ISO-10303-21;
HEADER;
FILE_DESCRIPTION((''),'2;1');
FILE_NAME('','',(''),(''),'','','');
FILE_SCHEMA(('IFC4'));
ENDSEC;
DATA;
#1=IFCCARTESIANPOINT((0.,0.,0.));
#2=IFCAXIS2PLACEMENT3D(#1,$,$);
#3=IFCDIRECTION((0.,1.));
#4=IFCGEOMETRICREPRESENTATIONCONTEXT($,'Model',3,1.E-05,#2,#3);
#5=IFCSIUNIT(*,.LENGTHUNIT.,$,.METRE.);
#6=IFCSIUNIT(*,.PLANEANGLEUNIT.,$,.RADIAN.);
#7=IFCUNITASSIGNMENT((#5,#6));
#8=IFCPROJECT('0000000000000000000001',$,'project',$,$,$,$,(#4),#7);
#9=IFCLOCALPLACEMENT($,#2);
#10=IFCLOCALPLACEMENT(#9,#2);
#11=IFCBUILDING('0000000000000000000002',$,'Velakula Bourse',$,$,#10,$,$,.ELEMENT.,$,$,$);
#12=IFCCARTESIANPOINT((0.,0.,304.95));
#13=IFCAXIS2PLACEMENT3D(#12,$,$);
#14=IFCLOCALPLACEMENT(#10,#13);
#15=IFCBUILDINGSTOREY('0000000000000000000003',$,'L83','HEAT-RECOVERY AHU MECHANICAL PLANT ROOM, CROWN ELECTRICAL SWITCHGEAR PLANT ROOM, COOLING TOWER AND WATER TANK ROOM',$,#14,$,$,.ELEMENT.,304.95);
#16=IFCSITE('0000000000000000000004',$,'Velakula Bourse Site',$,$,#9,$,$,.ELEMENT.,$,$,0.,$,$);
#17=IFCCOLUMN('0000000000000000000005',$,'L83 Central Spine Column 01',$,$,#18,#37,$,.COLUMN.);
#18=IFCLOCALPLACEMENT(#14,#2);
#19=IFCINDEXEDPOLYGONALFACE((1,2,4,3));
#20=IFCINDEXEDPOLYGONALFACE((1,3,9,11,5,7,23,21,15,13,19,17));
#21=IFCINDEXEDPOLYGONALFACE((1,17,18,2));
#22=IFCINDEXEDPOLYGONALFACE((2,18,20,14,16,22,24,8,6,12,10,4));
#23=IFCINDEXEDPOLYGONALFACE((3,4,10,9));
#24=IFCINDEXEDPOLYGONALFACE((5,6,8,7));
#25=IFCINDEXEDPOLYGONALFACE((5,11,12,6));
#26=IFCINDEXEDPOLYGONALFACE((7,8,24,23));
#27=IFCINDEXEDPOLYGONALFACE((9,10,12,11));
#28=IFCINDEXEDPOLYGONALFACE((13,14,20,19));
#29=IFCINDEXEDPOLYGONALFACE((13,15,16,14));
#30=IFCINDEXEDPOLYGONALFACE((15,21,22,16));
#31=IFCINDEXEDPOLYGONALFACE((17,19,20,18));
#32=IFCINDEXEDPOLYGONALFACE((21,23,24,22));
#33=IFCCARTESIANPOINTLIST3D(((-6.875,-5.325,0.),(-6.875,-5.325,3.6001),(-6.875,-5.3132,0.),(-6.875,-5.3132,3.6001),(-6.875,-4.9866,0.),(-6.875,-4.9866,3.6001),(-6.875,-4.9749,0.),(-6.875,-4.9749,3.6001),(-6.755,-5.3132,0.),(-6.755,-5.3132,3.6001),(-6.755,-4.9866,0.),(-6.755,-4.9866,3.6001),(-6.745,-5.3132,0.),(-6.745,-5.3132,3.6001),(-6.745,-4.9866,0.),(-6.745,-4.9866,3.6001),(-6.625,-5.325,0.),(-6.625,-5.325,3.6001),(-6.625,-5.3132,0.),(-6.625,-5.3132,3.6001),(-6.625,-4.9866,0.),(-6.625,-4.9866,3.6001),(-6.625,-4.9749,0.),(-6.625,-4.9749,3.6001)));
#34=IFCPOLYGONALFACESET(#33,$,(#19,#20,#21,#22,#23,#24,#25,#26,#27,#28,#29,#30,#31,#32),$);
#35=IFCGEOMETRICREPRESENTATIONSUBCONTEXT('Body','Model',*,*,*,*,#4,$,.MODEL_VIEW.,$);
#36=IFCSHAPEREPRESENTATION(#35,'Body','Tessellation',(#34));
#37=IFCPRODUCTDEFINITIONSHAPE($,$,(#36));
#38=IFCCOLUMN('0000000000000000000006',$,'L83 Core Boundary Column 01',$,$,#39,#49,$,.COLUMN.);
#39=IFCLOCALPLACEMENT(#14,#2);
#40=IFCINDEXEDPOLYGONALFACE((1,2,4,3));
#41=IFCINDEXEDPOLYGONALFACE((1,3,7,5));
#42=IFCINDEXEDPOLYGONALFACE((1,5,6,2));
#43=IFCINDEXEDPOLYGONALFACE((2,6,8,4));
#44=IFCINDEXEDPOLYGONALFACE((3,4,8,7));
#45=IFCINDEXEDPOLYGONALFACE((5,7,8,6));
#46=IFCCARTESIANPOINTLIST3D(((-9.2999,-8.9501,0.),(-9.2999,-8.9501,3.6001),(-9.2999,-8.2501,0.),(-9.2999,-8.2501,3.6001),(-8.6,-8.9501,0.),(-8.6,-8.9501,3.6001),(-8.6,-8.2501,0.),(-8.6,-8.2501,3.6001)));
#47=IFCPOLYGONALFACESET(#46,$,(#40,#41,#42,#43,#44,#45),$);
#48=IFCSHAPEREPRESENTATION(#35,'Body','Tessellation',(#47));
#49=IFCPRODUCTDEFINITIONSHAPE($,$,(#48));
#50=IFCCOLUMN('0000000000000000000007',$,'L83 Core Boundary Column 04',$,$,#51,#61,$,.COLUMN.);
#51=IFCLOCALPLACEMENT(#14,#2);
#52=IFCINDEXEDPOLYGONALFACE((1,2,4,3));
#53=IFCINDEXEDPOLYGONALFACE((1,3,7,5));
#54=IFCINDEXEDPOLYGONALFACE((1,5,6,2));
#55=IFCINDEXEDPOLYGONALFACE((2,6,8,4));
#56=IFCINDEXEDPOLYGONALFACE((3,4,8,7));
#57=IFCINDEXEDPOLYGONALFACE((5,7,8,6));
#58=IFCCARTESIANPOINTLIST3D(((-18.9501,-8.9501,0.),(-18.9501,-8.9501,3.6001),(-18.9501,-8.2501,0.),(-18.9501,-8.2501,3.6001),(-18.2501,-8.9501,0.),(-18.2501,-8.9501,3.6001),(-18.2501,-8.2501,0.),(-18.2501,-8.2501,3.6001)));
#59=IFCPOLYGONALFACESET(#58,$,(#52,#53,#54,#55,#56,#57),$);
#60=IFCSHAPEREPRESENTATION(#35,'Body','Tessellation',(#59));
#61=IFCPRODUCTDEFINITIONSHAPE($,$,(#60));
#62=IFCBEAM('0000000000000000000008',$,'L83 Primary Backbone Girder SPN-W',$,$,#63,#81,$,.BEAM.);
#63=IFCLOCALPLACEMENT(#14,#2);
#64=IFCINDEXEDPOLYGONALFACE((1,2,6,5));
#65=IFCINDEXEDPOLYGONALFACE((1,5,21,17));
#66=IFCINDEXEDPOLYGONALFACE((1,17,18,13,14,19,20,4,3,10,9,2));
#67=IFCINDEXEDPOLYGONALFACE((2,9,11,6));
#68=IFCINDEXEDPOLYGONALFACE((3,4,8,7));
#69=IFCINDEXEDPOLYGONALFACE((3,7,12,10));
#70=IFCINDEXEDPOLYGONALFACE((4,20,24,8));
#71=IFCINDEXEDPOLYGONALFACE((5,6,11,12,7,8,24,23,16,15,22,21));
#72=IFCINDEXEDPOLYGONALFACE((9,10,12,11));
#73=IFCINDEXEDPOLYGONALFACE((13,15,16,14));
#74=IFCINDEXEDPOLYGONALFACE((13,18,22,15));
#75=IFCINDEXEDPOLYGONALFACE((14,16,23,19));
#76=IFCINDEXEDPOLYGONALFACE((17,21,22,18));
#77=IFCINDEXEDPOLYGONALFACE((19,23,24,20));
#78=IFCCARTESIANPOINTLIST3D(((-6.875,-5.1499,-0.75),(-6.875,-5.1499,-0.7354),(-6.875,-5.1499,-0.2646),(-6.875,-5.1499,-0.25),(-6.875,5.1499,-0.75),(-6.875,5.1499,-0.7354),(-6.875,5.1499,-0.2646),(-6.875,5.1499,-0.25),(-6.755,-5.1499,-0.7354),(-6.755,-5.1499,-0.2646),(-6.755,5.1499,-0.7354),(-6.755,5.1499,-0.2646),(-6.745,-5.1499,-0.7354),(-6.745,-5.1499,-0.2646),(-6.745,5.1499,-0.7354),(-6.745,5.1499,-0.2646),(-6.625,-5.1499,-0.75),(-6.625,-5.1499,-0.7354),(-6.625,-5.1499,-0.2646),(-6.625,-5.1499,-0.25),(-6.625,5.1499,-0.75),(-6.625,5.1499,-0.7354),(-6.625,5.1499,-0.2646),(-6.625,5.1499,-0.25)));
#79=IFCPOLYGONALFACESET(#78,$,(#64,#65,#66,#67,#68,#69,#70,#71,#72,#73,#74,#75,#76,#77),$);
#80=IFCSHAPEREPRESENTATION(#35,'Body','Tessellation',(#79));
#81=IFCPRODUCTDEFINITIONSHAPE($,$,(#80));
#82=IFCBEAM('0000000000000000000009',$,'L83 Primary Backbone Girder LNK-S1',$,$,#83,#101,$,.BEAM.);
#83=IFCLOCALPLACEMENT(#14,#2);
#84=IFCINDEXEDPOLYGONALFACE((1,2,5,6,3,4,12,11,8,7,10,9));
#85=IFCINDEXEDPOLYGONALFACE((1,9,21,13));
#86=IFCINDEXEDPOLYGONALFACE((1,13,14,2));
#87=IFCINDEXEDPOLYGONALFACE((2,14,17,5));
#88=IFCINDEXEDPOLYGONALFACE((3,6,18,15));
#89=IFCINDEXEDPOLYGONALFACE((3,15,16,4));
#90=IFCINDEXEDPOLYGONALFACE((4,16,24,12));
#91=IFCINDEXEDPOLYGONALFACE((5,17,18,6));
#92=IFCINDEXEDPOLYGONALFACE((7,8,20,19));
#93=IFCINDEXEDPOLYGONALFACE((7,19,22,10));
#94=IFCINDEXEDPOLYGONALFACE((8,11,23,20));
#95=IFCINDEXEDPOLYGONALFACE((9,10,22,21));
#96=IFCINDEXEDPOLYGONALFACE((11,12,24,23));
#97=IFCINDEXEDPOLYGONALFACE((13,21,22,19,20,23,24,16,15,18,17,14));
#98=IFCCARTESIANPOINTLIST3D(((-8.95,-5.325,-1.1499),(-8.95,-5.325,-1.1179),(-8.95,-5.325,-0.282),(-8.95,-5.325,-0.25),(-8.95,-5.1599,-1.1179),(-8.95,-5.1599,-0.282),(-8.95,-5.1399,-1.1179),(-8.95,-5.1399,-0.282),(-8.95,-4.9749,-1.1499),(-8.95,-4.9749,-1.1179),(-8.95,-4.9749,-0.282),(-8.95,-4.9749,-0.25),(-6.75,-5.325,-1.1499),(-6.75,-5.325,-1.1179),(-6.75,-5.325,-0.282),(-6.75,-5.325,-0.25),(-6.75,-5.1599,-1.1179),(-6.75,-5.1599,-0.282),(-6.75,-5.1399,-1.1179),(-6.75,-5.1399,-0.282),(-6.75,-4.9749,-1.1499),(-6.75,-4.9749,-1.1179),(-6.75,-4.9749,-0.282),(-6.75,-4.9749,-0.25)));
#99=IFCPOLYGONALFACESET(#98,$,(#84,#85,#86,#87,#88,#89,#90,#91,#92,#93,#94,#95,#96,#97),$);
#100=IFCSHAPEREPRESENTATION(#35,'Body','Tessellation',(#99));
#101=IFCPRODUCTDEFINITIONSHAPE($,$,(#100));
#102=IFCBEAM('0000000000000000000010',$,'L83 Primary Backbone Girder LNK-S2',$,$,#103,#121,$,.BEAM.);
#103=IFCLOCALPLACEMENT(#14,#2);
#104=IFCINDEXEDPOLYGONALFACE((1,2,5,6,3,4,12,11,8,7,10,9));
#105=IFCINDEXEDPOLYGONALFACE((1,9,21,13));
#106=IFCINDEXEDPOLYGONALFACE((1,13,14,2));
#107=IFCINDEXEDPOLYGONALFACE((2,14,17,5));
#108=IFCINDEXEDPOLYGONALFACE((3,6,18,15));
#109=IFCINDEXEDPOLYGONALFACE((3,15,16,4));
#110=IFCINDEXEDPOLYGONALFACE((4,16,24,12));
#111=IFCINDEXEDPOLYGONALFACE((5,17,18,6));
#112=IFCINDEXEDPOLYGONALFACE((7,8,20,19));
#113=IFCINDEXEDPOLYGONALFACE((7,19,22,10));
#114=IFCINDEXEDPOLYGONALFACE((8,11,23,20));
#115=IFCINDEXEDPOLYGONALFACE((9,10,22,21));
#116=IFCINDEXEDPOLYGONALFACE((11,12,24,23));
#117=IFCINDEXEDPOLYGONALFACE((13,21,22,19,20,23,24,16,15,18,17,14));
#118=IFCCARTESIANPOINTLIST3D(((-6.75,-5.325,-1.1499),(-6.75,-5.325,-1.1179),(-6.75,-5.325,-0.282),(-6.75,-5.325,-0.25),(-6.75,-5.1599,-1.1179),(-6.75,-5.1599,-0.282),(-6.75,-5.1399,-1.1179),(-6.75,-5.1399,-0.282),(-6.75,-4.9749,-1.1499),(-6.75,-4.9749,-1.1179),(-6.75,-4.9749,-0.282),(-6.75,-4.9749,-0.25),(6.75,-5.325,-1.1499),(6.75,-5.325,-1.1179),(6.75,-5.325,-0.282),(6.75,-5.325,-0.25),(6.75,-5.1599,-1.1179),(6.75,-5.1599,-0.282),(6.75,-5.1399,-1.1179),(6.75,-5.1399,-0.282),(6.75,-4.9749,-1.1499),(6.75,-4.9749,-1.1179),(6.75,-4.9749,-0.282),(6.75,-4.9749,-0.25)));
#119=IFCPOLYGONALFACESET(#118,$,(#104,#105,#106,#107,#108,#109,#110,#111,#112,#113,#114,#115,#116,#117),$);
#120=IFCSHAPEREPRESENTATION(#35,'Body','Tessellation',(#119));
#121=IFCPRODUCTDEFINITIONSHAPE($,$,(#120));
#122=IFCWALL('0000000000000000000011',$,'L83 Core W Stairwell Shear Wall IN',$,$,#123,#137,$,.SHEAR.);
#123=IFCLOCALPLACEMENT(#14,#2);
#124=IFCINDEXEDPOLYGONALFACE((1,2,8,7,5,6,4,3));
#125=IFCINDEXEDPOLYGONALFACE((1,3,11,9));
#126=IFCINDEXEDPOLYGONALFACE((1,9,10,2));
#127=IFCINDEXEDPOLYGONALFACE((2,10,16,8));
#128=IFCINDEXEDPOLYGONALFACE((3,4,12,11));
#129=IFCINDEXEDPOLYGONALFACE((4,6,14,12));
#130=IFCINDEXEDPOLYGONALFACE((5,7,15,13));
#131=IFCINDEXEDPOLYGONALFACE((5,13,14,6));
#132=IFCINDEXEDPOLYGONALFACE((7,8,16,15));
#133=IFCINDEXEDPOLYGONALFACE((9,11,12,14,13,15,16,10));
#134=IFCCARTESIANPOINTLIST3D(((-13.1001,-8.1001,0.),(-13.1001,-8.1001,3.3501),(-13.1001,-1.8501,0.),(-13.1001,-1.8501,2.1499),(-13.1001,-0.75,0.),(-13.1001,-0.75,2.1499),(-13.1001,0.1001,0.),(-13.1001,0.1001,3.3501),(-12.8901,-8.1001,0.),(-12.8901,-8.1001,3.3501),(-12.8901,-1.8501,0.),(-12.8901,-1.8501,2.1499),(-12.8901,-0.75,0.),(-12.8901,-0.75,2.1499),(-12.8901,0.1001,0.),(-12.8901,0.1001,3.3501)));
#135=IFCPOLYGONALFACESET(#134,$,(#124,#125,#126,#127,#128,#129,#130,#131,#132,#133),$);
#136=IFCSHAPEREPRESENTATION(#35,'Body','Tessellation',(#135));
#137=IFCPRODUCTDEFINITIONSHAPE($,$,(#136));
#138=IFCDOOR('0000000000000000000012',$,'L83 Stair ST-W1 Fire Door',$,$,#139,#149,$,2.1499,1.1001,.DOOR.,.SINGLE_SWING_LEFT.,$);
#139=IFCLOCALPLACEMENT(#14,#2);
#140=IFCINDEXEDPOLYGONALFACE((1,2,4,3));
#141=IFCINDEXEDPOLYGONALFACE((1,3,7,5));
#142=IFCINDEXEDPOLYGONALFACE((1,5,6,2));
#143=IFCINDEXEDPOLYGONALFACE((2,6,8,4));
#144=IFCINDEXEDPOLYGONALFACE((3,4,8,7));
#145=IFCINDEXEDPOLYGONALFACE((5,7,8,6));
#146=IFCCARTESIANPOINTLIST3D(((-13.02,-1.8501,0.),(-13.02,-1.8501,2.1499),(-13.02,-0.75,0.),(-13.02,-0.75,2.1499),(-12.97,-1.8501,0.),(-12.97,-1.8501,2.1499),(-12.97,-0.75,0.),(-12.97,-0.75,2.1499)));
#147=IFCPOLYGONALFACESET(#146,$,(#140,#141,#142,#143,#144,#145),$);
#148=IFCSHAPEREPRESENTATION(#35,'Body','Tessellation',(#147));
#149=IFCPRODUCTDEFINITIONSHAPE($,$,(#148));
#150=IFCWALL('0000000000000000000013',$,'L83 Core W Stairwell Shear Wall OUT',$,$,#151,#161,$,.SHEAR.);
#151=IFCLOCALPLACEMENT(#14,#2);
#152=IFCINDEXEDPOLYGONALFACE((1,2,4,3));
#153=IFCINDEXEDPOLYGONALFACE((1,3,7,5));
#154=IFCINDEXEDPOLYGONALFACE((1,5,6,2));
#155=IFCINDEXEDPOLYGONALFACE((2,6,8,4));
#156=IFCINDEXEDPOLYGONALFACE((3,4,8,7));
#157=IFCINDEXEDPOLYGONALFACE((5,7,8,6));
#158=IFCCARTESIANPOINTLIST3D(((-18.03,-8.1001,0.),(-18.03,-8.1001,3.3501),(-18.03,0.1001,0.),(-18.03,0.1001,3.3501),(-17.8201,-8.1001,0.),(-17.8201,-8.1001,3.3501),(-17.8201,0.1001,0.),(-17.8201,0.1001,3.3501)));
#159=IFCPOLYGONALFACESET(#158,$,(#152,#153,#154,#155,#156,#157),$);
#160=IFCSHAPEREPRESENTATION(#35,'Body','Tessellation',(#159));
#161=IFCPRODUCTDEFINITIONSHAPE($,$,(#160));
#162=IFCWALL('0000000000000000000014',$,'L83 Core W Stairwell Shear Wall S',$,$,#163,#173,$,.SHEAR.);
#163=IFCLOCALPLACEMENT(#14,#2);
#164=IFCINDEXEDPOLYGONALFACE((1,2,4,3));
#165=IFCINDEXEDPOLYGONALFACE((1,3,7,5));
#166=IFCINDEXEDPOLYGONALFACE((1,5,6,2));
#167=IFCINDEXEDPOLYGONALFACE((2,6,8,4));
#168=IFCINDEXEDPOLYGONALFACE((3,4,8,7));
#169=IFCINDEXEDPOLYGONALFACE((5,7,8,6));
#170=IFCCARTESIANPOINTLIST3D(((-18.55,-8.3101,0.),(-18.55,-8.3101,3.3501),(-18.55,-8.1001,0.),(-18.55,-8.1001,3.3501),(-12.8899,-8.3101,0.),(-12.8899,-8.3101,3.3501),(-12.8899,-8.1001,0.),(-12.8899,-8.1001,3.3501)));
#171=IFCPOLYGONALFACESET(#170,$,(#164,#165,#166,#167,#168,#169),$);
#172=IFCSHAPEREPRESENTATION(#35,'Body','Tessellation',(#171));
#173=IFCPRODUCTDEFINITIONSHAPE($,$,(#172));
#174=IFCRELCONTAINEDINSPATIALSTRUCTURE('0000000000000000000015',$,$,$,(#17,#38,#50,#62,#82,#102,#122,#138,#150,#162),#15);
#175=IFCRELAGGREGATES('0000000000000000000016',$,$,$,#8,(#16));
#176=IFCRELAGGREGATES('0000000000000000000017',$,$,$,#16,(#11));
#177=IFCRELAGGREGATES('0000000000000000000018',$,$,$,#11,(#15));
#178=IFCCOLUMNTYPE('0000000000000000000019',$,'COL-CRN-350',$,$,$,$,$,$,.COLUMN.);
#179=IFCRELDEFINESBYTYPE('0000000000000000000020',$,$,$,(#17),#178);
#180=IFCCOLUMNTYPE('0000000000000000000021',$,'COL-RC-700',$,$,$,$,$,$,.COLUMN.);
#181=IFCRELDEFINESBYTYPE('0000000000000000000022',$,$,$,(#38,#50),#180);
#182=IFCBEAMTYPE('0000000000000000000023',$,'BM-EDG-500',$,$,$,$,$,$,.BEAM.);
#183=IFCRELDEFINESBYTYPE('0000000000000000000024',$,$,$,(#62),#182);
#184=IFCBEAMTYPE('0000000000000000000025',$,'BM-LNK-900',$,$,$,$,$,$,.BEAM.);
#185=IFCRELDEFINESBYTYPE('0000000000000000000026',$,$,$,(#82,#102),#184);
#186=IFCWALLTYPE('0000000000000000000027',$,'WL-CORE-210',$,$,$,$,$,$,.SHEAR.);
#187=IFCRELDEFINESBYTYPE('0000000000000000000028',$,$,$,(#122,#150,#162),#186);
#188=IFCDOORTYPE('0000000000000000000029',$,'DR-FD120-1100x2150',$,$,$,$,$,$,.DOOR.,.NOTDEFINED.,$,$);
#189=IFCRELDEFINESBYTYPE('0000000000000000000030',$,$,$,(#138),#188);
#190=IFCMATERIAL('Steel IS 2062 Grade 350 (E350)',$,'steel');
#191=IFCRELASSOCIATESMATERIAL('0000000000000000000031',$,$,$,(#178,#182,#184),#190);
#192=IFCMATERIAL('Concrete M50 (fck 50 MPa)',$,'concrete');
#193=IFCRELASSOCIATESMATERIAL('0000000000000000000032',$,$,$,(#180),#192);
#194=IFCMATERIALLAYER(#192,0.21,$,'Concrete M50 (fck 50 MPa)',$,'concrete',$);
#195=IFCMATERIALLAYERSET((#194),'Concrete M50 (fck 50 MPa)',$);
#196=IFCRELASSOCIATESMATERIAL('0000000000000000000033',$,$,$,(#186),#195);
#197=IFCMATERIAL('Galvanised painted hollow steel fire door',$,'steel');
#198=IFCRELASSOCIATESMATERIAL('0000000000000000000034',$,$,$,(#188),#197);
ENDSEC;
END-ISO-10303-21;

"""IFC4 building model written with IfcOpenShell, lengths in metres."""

from ifc_helpers import new_model, si_unit, direction, frame, frame_2d, origin, origin_2d, place, context, subcontext, project, spatial, rectangle, i_section, extrude, material, layer, layer_set, material_profile, profile_set, type_object, element, fill, save


model = new_model("IFC4")

# Units and contexts
model_context = context("Model", 3, precision=1e-05, world=origin(), true_north=direction((0.0, 1.0)))
body_context = subcontext(model_context, "Body", "Model", "MODEL_VIEW")
ifc_project = project(units=[si_unit("LENGTHUNIT", "METRE"), si_unit("PLANEANGLEUNIT", "RADIAN")], contexts=[model_context])

# Site, building, storey
site_placement = place(None, origin())
site = spatial("IfcSite", under=ifc_project, at=site_placement, Name="Velakula Bourse Site", CompositionType="ELEMENT", RefElevation=0.0)
building_placement = place(site_placement, origin())
building = spatial("IfcBuilding", under=site, at=building_placement, Name="Velakula Bourse", CompositionType="ELEMENT")
storey_placement = place(building_placement, frame((0.0, 0.0, 304.95)))
storey = spatial("IfcBuildingStorey", under=building, at=storey_placement, Name="L83", Description="HEAT-RECOVERY AHU MECHANICAL PLANT ROOM, CROWN ELECTRICAL SWITCHGEAR PLANT ROOM, COOLING TOWER AND WATER TANK ROOM", CompositionType="ELEMENT", Elevation=304.95)

# Columns
ifc_material_1 = material(Name="Steel IS 2062 Grade 350 (E350)", Category="steel")
ifc_material_profile_1 = material_profile(ifc_material_1, i_section(OverallWidth=0.25, OverallDepth=0.3501, WebThickness=0.01, FlangeThickness=0.0117, at=origin_2d()), Name="Steel IS 2062 Grade 350 (E350)")
ifc_profile_set_1 = profile_set([ifc_material_profile_1], Name="Steel IS 2062 Grade 350 (E350)")
column_type_1 = type_object("IfcColumnType", Name="COL-CRN-350", PredefinedType="COLUMN", material=ifc_profile_set_1)
column_placement = place(storey_placement, frame((-6.75, -5.1499, 0.0), z_axis=(0.0, 0.0, 1.0), x_axis=(1.0, 0.0, 0.0)))
element("IfcColumn", 1, at=column_placement, inside=storey, type_object=column_type_1, Name="L83 Central Spine Column 01", PredefinedType="COLUMN", context=body_context, shape_type="SweptSolid", body=[
    extrude(i_section(OverallWidth=0.25, OverallDepth=0.3501, WebThickness=0.01, FlangeThickness=0.0117, at=origin_2d()), origin(), (0.0, 0.0, 1.0), 3.6001),
])
ifc_material_2 = material(Name="Concrete M50 (fck 50 MPa)", Category="concrete")
ifc_material_profile_2 = material_profile(ifc_material_2, rectangle(XDim=0.7, YDim=0.7, at=origin_2d()), Name="Concrete M50 (fck 50 MPa)")
ifc_profile_set_2 = profile_set([ifc_material_profile_2], Name="Concrete M50 (fck 50 MPa)")
column_type_2 = type_object("IfcColumnType", Name="COL-RC-700", PredefinedType="COLUMN", material=ifc_profile_set_2)
for number, where, z_axis, x_axis, name in (
    (2, (-8.95, -8.6001, 0.0), (0.0, 0.0, 1.0), (1.0, 0.0, 0.0), "L83 Core Boundary Column 01"),
    (3, (-18.6001, -8.6001, 0.0), (0.0, 0.0, 1.0), (1.0, 0.0, 0.0), "L83 Core Boundary Column 04"),
):
    element("IfcColumn", number, at=place(storey_placement, frame(where, z_axis=z_axis, x_axis=x_axis)), inside=storey, type_object=column_type_2, Name=name, PredefinedType="COLUMN", context=body_context, shape_type="SweptSolid", body=[
        extrude(rectangle(XDim=0.7, YDim=0.7, at=origin_2d()), origin(), (0.0, 0.0, 1.0), 3.6001),
    ])

# Beams
ifc_material_profile_3 = material_profile(ifc_material_1, i_section(OverallWidth=0.25, OverallDepth=0.5, WebThickness=0.01, FlangeThickness=0.0146, at=origin_2d()), Name="Steel IS 2062 Grade 350 (E350)")
ifc_profile_set_3 = profile_set([ifc_material_profile_3], Name="Steel IS 2062 Grade 350 (E350)")
beam_type_1 = type_object("IfcBeamType", Name="BM-EDG-500", PredefinedType="BEAM", material=ifc_profile_set_3)
beam_1_placement = place(storey_placement, frame((-6.75, -5.1499, -0.5), z_axis=(0.0, 1.0, 0.0), x_axis=(-1.0, 0.0, 0.0)))
element("IfcBeam", 4, at=beam_1_placement, inside=storey, type_object=beam_type_1, Name="L83 Primary Backbone Girder SPN-W", PredefinedType="BEAM", context=body_context, shape_type="SweptSolid", body=[
    extrude(i_section(OverallWidth=0.25, OverallDepth=0.5, WebThickness=0.01, FlangeThickness=0.0146, at=origin_2d()), origin(), (0.0, 0.0, 1.0), 10.2998),
])
ifc_material_profile_4 = material_profile(ifc_material_1, i_section(OverallWidth=0.3501, OverallDepth=0.8999, WebThickness=0.02, FlangeThickness=0.032, at=origin_2d()), Name="Steel IS 2062 Grade 350 (E350)")
ifc_profile_set_4 = profile_set([ifc_material_profile_4], Name="Steel IS 2062 Grade 350 (E350)")
beam_type_2 = type_object("IfcBeamType", Name="BM-LNK-900", PredefinedType="BEAM", material=ifc_profile_set_4)
beam_2_placement = place(storey_placement, frame((-8.95, -5.1499, -0.7), z_axis=(1.0, 0.0, 0.0), x_axis=(0.0, 1.0, 0.0)))
element("IfcBeam", 5, at=beam_2_placement, inside=storey, type_object=beam_type_2, Name="L83 Primary Backbone Girder LNK-S1", PredefinedType="BEAM", context=body_context, shape_type="SweptSolid", body=[
    extrude(i_section(OverallWidth=0.3501, OverallDepth=0.8999, WebThickness=0.02, FlangeThickness=0.032, at=origin_2d()), origin(), (0.0, 0.0, 1.0), 2.2),
])
beam_3_placement = place(storey_placement, frame((-6.75, -5.1499, -0.7), z_axis=(1.0, 0.0, 0.0), x_axis=(0.0, 1.0, 0.0)))
element("IfcBeam", 6, at=beam_3_placement, inside=storey, type_object=beam_type_2, Name="L83 Primary Backbone Girder LNK-S2", PredefinedType="BEAM", context=body_context, shape_type="SweptSolid", body=[
    extrude(i_section(OverallWidth=0.3501, OverallDepth=0.8999, WebThickness=0.02, FlangeThickness=0.032, at=origin_2d()), origin(), (0.0, 0.0, 1.0), 13.5),
])

# Wall, opening, door
ifc_layer_1 = layer(ifc_material_2, 0.21, Name="Concrete M50 (fck 50 MPa)", Category="concrete")
ifc_layer_set_1 = layer_set([ifc_layer_1], Name="Concrete M50 (fck 50 MPa)")
wall_type_1 = type_object("IfcWallType", Name="WL-CORE-210", PredefinedType="SHEAR", material=ifc_layer_set_1)
wall_1_placement = place(storey_placement, frame((-12.9951, -8.1001, 0.0), z_axis=(0.0, 0.0, 1.0), x_axis=(0.0, 1.0, 0.0)))
wall_1 = element("IfcWall", 7, at=wall_1_placement, inside=storey, type_object=wall_type_1, Name="L83 Core W Stairwell Shear Wall IN", PredefinedType="SHEAR", context=body_context, shape_type="SweptSolid", body=[
    extrude(rectangle(XDim=8.2002, YDim=0.21, at=frame_2d((4.1001, 0.0))), origin(), (0.0, 0.0, 1.0), 3.3501),
])
opening_1_placement = place(wall_1_placement, frame((6.25, 0.0, 0.0)))
opening_1 = element("IfcOpeningElement", 8, at=opening_1_placement, cuts=wall_1, PredefinedType="OPENING", context=body_context, shape_type="SweptSolid", body=[
    extrude(rectangle(XDim=1.1001, YDim=2.1499, at=frame_2d((0.55, 1.075))), frame((0.0, 0.115, 0.0), z_axis=(0.0, -1.0, 0.0), x_axis=(1.0, 0.0, 0.0)), (0.0, 0.0, 1.0), 0.23),
])
ifc_material_3 = material(Name="Galvanised painted hollow steel fire door", Category="steel")
door_type_1 = type_object("IfcDoorType", Name="DR-FD120-1100x2150", OperationType="NOTDEFINED", PredefinedType="DOOR", material=ifc_material_3)
door_1_placement = place(opening_1_placement, origin())
door_1 = element("IfcDoor", 9, at=door_1_placement, inside=storey, type_object=door_type_1, Name="L83 Stair ST-W1 Fire Door", OperationType="SINGLE_SWING_LEFT", OverallHeight=2.1499, OverallWidth=1.1001, PredefinedType="DOOR", context=body_context, shape_type="SweptSolid", body=[
    extrude(rectangle(XDim=1.1001, YDim=2.1499, at=frame_2d((0.55, 1.075))), frame((0.0, 0.0249, 0.0), z_axis=(0.0, -1.0, 0.0), x_axis=(1.0, 0.0, 0.0)), (0.0, 0.0, 1.0), 0.05),
])
fill(opening_1, door_1)

# Walls
wall_2_placement = place(storey_placement, frame((-17.925, -8.1001, 0.0), z_axis=(0.0, 0.0, 1.0), x_axis=(0.0, 1.0, 0.0)))
element("IfcWall", 10, at=wall_2_placement, inside=storey, type_object=wall_type_1, Name="L83 Core W Stairwell Shear Wall OUT", PredefinedType="SHEAR", context=body_context, shape_type="SweptSolid", body=[
    extrude(rectangle(XDim=8.2002, YDim=0.21, at=frame_2d((4.1001, 0.0))), origin(), (0.0, 0.0, 1.0), 3.3501),
])
wall_3_placement = place(storey_placement, frame((-18.55, -8.2051, 0.0), z_axis=(0.0, 0.0, 1.0), x_axis=(1.0, 0.0, 0.0)))
element("IfcWall", 11, at=wall_3_placement, inside=storey, type_object=wall_type_1, Name="L83 Core W Stairwell Shear Wall S", PredefinedType="SHEAR", context=body_context, shape_type="SweptSolid", body=[
    extrude(rectangle(XDim=5.6602, YDim=0.21, at=frame_2d((2.8301, 0.0))), origin(), (0.0, 0.0, 1.0), 3.3501),
])

save(model, "model.ifc")
